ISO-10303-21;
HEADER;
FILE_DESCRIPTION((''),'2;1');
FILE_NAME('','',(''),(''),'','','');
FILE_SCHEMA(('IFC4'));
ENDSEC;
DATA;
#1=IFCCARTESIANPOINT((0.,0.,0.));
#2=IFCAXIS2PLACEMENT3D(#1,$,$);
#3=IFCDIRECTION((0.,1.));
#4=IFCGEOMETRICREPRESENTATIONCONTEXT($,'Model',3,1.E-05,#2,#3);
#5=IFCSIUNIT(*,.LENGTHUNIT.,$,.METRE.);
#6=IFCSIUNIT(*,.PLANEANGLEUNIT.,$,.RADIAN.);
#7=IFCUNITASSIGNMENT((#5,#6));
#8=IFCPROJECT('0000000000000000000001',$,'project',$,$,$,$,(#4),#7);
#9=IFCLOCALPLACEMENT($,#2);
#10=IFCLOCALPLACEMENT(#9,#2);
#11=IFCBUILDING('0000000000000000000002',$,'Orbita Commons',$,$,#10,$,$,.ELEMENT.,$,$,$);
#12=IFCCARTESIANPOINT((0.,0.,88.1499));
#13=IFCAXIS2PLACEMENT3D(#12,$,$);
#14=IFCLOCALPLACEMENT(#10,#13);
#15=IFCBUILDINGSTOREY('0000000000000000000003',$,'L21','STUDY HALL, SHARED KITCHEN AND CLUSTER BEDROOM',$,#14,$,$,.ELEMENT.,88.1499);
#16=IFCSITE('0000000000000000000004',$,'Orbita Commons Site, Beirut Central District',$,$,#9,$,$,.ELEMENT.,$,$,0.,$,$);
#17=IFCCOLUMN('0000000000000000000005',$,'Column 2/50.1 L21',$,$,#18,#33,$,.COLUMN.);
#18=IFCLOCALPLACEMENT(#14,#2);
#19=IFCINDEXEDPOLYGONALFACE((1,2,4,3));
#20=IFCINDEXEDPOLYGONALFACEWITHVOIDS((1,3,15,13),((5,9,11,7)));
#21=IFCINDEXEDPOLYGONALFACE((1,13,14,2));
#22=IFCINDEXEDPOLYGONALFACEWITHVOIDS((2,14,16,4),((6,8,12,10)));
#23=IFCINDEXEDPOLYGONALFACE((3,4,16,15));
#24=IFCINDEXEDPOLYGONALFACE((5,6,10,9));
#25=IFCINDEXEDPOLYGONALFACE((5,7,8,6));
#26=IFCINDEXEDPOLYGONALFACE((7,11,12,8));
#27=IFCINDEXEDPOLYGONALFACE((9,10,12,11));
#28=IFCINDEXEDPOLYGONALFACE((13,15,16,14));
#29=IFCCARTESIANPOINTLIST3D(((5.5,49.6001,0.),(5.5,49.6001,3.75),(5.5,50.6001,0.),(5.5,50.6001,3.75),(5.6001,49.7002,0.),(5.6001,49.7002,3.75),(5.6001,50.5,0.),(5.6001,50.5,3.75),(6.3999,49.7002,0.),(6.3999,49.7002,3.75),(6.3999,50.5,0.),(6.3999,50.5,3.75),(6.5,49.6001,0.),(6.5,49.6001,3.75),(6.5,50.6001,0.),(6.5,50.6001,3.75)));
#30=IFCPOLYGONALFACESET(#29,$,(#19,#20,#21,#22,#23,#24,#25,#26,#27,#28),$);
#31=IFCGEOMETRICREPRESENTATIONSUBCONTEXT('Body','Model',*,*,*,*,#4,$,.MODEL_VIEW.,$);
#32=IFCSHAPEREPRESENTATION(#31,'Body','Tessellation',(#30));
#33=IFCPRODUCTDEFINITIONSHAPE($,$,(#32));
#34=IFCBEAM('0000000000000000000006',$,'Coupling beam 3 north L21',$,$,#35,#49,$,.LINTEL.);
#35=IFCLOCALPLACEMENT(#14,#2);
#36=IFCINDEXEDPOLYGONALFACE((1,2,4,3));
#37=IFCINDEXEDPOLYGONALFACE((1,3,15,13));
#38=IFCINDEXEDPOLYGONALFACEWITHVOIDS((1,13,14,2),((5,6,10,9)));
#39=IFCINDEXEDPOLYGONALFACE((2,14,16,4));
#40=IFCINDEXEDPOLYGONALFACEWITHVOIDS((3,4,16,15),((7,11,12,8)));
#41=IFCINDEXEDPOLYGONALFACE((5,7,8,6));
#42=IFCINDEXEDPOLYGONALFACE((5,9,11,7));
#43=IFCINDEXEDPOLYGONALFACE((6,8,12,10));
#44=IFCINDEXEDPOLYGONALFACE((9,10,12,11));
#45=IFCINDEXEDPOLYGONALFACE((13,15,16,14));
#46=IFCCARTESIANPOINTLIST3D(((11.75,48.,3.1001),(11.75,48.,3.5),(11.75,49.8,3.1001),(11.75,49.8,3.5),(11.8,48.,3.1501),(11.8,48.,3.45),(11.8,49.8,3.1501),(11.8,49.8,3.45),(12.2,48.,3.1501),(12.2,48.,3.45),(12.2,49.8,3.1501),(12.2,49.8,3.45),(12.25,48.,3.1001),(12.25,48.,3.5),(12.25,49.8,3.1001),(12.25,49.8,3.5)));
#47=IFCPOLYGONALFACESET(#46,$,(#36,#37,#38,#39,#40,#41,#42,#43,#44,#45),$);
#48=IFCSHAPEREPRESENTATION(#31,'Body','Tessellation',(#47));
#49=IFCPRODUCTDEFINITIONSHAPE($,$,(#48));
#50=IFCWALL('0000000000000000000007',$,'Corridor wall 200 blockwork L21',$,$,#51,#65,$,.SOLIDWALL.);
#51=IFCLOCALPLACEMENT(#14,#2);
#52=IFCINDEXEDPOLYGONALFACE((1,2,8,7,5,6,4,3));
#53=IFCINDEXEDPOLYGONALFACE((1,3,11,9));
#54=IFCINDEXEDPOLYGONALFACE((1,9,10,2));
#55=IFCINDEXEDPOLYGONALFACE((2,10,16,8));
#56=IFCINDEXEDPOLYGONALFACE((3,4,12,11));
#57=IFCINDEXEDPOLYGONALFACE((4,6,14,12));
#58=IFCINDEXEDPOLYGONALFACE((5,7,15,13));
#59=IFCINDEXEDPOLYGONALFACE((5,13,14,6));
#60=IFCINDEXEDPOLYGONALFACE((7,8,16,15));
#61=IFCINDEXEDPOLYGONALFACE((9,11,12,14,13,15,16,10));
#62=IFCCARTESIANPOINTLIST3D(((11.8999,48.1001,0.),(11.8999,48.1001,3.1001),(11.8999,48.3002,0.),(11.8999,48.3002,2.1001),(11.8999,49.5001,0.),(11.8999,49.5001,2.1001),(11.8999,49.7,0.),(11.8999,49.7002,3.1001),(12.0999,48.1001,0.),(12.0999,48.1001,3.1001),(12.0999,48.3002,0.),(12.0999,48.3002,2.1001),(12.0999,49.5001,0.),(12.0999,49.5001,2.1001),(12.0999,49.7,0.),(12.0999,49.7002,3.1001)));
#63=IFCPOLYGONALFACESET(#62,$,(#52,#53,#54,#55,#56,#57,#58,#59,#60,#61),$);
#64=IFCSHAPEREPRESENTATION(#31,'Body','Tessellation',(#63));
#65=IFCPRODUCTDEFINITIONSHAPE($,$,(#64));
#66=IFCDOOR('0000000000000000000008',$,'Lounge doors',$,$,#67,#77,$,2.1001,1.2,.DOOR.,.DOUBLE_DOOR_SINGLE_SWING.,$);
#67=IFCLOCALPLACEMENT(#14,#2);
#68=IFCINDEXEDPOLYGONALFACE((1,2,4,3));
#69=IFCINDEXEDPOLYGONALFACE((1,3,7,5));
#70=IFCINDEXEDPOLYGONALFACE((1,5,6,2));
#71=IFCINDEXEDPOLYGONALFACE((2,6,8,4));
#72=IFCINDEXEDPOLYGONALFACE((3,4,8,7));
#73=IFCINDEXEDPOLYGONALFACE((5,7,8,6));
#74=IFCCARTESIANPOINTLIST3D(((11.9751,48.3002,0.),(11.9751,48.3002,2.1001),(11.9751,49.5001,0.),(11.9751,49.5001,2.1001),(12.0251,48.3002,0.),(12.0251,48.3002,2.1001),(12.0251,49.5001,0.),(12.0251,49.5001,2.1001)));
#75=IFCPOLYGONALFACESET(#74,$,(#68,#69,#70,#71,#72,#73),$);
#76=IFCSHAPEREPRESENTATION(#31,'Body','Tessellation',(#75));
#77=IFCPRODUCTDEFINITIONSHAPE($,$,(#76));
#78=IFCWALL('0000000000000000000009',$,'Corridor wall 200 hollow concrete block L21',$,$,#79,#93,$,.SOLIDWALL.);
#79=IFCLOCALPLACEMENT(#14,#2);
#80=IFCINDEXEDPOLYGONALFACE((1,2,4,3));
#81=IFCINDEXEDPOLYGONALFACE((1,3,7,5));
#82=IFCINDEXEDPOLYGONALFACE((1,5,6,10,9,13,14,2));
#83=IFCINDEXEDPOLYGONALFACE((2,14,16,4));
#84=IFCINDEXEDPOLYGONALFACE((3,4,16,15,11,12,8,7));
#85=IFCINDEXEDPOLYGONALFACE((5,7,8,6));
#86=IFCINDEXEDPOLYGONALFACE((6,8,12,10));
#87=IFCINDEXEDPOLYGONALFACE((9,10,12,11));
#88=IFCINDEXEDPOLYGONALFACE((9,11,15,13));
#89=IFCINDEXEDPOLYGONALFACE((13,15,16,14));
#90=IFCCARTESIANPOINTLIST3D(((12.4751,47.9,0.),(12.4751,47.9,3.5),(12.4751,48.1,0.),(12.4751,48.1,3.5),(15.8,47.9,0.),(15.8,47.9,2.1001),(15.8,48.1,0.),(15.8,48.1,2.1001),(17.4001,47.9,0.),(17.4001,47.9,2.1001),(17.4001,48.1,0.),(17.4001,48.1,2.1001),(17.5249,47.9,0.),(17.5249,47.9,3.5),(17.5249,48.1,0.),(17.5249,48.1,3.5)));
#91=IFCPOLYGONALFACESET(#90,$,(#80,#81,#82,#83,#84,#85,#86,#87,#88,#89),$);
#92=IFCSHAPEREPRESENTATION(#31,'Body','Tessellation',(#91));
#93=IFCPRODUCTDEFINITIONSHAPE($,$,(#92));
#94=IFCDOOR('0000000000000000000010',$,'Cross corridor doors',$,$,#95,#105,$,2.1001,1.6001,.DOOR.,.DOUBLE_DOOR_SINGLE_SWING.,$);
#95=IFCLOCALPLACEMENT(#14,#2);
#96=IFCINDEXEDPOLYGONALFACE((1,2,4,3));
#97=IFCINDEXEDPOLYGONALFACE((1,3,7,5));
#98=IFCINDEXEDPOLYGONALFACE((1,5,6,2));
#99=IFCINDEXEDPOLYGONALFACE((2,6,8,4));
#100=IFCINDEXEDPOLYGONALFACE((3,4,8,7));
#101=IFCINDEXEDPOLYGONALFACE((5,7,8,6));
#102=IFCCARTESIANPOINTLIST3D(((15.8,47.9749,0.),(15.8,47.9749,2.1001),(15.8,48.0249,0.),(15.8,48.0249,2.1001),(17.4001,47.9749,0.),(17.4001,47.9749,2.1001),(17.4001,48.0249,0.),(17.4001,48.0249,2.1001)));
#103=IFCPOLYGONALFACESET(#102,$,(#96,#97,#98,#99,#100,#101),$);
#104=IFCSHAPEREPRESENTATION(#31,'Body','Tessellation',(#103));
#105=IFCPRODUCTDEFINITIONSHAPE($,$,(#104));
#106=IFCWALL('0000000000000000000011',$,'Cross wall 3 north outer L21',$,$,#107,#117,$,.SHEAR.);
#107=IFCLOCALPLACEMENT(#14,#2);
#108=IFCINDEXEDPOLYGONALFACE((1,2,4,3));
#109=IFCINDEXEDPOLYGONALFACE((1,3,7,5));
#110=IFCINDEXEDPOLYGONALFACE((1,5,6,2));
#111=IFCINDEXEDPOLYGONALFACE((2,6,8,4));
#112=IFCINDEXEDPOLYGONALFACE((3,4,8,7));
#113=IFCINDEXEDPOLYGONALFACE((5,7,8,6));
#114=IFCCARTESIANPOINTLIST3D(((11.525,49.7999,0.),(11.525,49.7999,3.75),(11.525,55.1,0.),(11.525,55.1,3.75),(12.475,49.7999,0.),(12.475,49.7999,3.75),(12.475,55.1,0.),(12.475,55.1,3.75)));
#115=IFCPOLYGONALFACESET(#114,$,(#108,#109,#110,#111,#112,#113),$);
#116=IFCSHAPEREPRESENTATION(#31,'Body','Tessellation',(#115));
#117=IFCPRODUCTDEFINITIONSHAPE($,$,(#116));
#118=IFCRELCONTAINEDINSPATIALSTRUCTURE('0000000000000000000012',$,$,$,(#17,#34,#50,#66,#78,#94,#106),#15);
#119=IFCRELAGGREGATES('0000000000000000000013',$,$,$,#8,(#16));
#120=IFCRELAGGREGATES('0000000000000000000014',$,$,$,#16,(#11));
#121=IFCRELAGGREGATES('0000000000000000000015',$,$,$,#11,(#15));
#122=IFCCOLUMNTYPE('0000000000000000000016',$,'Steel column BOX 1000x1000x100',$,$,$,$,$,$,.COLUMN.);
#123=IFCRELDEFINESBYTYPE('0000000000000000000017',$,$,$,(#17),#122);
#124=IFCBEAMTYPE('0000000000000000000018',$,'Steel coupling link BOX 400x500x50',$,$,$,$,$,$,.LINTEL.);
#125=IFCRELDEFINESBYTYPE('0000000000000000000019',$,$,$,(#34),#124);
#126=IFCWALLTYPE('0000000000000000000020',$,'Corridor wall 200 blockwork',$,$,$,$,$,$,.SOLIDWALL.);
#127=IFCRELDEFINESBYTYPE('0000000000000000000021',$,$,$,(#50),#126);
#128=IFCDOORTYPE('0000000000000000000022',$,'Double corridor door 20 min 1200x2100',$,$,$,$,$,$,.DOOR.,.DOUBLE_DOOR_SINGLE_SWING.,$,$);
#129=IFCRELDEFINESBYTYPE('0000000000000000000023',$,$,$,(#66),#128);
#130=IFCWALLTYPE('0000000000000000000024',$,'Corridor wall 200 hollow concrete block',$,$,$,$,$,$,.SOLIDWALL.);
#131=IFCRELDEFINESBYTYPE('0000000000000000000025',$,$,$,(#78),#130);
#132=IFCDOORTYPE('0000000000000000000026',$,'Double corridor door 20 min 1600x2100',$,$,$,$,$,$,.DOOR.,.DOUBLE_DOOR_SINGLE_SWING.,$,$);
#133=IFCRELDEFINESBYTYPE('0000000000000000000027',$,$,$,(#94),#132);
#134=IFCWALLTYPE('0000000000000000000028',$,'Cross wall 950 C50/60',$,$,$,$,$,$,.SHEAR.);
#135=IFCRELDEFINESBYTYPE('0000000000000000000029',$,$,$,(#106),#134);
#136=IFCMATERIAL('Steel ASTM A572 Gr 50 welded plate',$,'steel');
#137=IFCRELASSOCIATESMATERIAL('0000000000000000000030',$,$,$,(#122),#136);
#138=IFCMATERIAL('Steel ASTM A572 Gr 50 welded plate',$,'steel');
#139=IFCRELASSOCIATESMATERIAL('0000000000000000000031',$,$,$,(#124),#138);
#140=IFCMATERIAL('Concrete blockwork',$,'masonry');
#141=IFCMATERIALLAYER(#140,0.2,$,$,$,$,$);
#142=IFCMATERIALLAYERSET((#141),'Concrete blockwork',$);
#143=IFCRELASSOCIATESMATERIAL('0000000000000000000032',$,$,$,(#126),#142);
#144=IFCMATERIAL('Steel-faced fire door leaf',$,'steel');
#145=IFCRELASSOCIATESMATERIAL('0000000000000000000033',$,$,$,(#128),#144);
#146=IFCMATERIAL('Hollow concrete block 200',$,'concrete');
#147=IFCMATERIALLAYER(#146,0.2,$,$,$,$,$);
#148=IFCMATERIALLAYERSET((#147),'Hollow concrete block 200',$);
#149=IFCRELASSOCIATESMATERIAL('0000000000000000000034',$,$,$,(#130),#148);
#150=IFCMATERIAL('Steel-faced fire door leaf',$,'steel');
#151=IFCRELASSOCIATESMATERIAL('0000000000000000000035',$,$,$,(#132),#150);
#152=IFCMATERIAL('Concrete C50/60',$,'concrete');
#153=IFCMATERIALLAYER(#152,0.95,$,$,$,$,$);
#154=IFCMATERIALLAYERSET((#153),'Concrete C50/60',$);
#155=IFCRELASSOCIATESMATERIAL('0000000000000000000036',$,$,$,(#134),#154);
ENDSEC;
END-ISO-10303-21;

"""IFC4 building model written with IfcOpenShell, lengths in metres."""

from ifc_helpers import new_model, si_unit, direction, frame, frame_2d, origin, origin_2d, place, context, subcontext, project, spatial, polyline, rectangle, hollow_rectangle, outline, extrude, material, layer, layer_set, material_profile, profile_set, type_object, element, fill, save


model = new_model("IFC4")

# Units and contexts
model_context = context("Model", 3, precision=1e-05, world=origin(), true_north=direction((0.0, 1.0)))
body_context = subcontext(model_context, "Body", "Model", "MODEL_VIEW")
ifc_project = project(units=[si_unit("LENGTHUNIT", "METRE"), si_unit("PLANEANGLEUNIT", "RADIAN")], contexts=[model_context])

# Site, building, storey
site_placement = place(None, origin())
site = spatial("IfcSite", under=ifc_project, at=site_placement, Name="Orbita Commons Site, Beirut Central District", CompositionType="ELEMENT", RefElevation=0.0)
building_placement = place(site_placement, origin())
building = spatial("IfcBuilding", under=site, at=building_placement, Name="Orbita Commons", CompositionType="ELEMENT")
storey_placement = place(building_placement, frame((0.0, 0.0, 88.1499)))
storey = spatial("IfcBuildingStorey", under=building, at=storey_placement, Name="L21", Description="STUDY HALL, SHARED KITCHEN AND CLUSTER BEDROOM", CompositionType="ELEMENT", Elevation=88.1499)

# Column
ifc_material_1 = material(Name="Steel ASTM A572 Gr 50 welded plate", Category="steel")
ifc_material_profile_1 = material_profile(ifc_material_1, hollow_rectangle(XDim=1.0, YDim=1.0, WallThickness=0.1001, at=origin_2d()), Name="BOX 1000x1000x100")
ifc_profile_set_1 = profile_set([ifc_material_profile_1], Name="Steel ASTM A572 Gr 50 welded plate")
column_type = type_object("IfcColumnType", Name="Steel column BOX 1000x1000x100", PredefinedType="COLUMN", material=ifc_profile_set_1)
column_placement = place(storey_placement, frame((6.0, 50.1001, 0.0), z_axis=(0.0, 0.0, 1.0), x_axis=(1.0, 0.0, 0.0)))
element("IfcColumn", 1, at=column_placement, inside=storey, type_object=column_type, Name="Column 2/50.1 L21", PredefinedType="COLUMN", context=body_context, shape_type="SweptSolid", body=[
    extrude(hollow_rectangle(XDim=1.0, YDim=1.0, WallThickness=0.1001, at=origin_2d()), origin(), (0.0, 0.0, 1.0), 3.75),
])

# Beam
ifc_material_2 = material(Name="Steel ASTM A572 Gr 50 welded plate", Category="steel")
ifc_material_profile_2 = material_profile(ifc_material_2, hollow_rectangle(XDim=0.5, YDim=0.3999, WallThickness=0.05, at=origin_2d()), Name="BOX 400x500x50")
ifc_profile_set_2 = profile_set([ifc_material_profile_2], Name="Steel ASTM A572 Gr 50 welded plate")
beam_type = type_object("IfcBeamType", Name="Steel coupling link BOX 400x500x50", PredefinedType="LINTEL", material=ifc_profile_set_2)
beam_placement = place(storey_placement, frame((12.0, 48.0, 3.3), z_axis=(0.0, 1.0, 0.0), x_axis=(-1.0, 0.0, 0.0)))
element("IfcBeam", 2, at=beam_placement, inside=storey, type_object=beam_type, Name="Coupling beam 3 north L21", PredefinedType="LINTEL", context=body_context, shape_type="SweptSolid", body=[
    extrude(hollow_rectangle(XDim=0.5, YDim=0.3999, WallThickness=0.05, at=origin_2d()), origin(), (0.0, 0.0, 1.0), 1.8),
])

# Walls, openings, doors
ifc_material_3 = material(Name="Concrete blockwork", Category="masonry")
ifc_layer_1 = layer(ifc_material_3, 0.2)
ifc_layer_set_1 = layer_set([ifc_layer_1], Name="Concrete blockwork")
wall_type_1 = type_object("IfcWallType", Name="Corridor wall 200 blockwork", PredefinedType="SOLIDWALL", material=ifc_layer_set_1)
wall_1_placement = place(storey_placement, frame((12.0, 48.1001, 0.0), z_axis=(0.0, 0.0, 1.0), x_axis=(0.0, 1.0, 0.0)))
wall_1 = element("IfcWall", 3, at=wall_1_placement, inside=storey, type_object=wall_type_1, Name="Corridor wall 200 blockwork L21", PredefinedType="SOLIDWALL", context=body_context, shape_type="SweptSolid", body=[
    extrude(outline(polyline([(0.0, 0.0), (1.5999, 0.0), (1.6001, 3.1001), (0.0, 3.1001), (0.0, 0.0)])), frame((0.0, 0.1001, 0.0), z_axis=(0.0, -1.0, 0.0), x_axis=(1.0, 0.0, 0.0)), (0.0, 0.0, 1.0), 0.2),
])
opening_1_placement = place(wall_1_placement, frame((0.2, 0.0, 0.0)))
opening_1 = element("IfcOpeningElement", 4, at=opening_1_placement, cuts=wall_1, PredefinedType="OPENING", context=body_context, shape_type="SweptSolid", body=[
    extrude(rectangle(XDim=1.2, YDim=2.1001, at=frame_2d((0.6001, 1.05))), frame((0.0, 0.1099, 0.0), z_axis=(0.0, -1.0, 0.0), x_axis=(1.0, 0.0, 0.0)), (0.0, 0.0, 1.0), 0.22),
])
ifc_material_4 = material(Name="Steel-faced fire door leaf", Category="steel")
door_type_1 = type_object("IfcDoorType", Name="Double corridor door 20 min 1200x2100", OperationType="DOUBLE_DOOR_SINGLE_SWING", PredefinedType="DOOR", material=ifc_material_4)
door_1_placement = place(opening_1_placement, origin())
door_1 = element("IfcDoor", 5, at=door_1_placement, inside=storey, type_object=door_type_1, Name="Lounge doors", OperationType="DOUBLE_DOOR_SINGLE_SWING", OverallHeight=2.1001, OverallWidth=1.2, PredefinedType="DOOR", context=body_context, shape_type="SweptSolid", body=[
    extrude(rectangle(XDim=1.2, YDim=2.1001, at=frame_2d((0.6001, 1.05))), frame((0.0, 0.0249, 0.0), z_axis=(0.0, -1.0, 0.0), x_axis=(1.0, 0.0, 0.0)), (0.0, 0.0, 1.0), 0.05),
])
fill(opening_1, door_1)
ifc_material_5 = material(Name="Hollow concrete block 200", Category="concrete")
ifc_layer_2 = layer(ifc_material_5, 0.2)
ifc_layer_set_2 = layer_set([ifc_layer_2], Name="Hollow concrete block 200")
wall_type_2 = type_object("IfcWallType", Name="Corridor wall 200 hollow concrete block", PredefinedType="SOLIDWALL", material=ifc_layer_set_2)
wall_2_placement = place(storey_placement, frame((12.4751, 48.0, 0.0), z_axis=(0.0, 0.0, 1.0), x_axis=(1.0, 0.0, 0.0)))
wall_2 = element("IfcWall", 6, at=wall_2_placement, inside=storey, type_object=wall_type_2, Name="Corridor wall 200 hollow concrete block L21", PredefinedType="SOLIDWALL", context=body_context, shape_type="SweptSolid", body=[
    extrude(rectangle(XDim=5.0498, YDim=0.2, at=frame_2d((2.5249, 0.0))), origin(), (0.0, 0.0, 1.0), 3.5),
])
opening_2_placement = place(wall_2_placement, frame((3.325, 0.0, 0.0)))
opening_2 = element("IfcOpeningElement", 7, at=opening_2_placement, cuts=wall_2, PredefinedType="OPENING", context=body_context, shape_type="SweptSolid", body=[
    extrude(rectangle(XDim=1.6001, YDim=2.1001, at=frame_2d((0.8, 1.05))), frame((0.0, 0.1099, 0.0), z_axis=(0.0, -1.0, 0.0), x_axis=(1.0, 0.0, 0.0)), (0.0, 0.0, 1.0), 0.22),
])
ifc_material_6 = material(Name="Steel-faced fire door leaf", Category="steel")
door_type_2 = type_object("IfcDoorType", Name="Double corridor door 20 min 1600x2100", OperationType="DOUBLE_DOOR_SINGLE_SWING", PredefinedType="DOOR", material=ifc_material_6)
door_2_placement = place(opening_2_placement, origin())
door_2 = element("IfcDoor", 8, at=door_2_placement, inside=storey, type_object=door_type_2, Name="Cross corridor doors", OperationType="DOUBLE_DOOR_SINGLE_SWING", OverallHeight=2.1001, OverallWidth=1.6001, PredefinedType="DOOR", context=body_context, shape_type="SweptSolid", body=[
    extrude(rectangle(XDim=1.6001, YDim=2.1001, at=frame_2d((0.8, 1.05))), frame((0.0, 0.0249, 0.0), z_axis=(0.0, -1.0, 0.0), x_axis=(1.0, 0.0, 0.0)), (0.0, 0.0, 1.0), 0.05),
])
fill(opening_2, door_2)

# Wall
ifc_material_7 = material(Name="Concrete C50/60", Category="concrete")
ifc_layer_3 = layer(ifc_material_7, 0.95)
ifc_layer_set_3 = layer_set([ifc_layer_3], Name="Concrete C50/60")
wall_type_3 = type_object("IfcWallType", Name="Cross wall 950 C50/60", PredefinedType="SHEAR", material=ifc_layer_set_3)
wall_3_placement = place(storey_placement, frame((12.0, 49.8, 0.0), z_axis=(0.0, 0.0, 1.0), x_axis=(0.0, 1.0, 0.0)))
element("IfcWall", 9, at=wall_3_placement, inside=storey, type_object=wall_type_3, Name="Cross wall 3 north outer L21", PredefinedType="SHEAR", context=body_context, shape_type="SweptSolid", body=[
    extrude(rectangle(XDim=5.3, YDim=0.95, at=frame_2d((2.6499, 0.0))), origin(), (0.0, 0.0, 1.0), 3.75),
])

save(model, "model.ifc")
